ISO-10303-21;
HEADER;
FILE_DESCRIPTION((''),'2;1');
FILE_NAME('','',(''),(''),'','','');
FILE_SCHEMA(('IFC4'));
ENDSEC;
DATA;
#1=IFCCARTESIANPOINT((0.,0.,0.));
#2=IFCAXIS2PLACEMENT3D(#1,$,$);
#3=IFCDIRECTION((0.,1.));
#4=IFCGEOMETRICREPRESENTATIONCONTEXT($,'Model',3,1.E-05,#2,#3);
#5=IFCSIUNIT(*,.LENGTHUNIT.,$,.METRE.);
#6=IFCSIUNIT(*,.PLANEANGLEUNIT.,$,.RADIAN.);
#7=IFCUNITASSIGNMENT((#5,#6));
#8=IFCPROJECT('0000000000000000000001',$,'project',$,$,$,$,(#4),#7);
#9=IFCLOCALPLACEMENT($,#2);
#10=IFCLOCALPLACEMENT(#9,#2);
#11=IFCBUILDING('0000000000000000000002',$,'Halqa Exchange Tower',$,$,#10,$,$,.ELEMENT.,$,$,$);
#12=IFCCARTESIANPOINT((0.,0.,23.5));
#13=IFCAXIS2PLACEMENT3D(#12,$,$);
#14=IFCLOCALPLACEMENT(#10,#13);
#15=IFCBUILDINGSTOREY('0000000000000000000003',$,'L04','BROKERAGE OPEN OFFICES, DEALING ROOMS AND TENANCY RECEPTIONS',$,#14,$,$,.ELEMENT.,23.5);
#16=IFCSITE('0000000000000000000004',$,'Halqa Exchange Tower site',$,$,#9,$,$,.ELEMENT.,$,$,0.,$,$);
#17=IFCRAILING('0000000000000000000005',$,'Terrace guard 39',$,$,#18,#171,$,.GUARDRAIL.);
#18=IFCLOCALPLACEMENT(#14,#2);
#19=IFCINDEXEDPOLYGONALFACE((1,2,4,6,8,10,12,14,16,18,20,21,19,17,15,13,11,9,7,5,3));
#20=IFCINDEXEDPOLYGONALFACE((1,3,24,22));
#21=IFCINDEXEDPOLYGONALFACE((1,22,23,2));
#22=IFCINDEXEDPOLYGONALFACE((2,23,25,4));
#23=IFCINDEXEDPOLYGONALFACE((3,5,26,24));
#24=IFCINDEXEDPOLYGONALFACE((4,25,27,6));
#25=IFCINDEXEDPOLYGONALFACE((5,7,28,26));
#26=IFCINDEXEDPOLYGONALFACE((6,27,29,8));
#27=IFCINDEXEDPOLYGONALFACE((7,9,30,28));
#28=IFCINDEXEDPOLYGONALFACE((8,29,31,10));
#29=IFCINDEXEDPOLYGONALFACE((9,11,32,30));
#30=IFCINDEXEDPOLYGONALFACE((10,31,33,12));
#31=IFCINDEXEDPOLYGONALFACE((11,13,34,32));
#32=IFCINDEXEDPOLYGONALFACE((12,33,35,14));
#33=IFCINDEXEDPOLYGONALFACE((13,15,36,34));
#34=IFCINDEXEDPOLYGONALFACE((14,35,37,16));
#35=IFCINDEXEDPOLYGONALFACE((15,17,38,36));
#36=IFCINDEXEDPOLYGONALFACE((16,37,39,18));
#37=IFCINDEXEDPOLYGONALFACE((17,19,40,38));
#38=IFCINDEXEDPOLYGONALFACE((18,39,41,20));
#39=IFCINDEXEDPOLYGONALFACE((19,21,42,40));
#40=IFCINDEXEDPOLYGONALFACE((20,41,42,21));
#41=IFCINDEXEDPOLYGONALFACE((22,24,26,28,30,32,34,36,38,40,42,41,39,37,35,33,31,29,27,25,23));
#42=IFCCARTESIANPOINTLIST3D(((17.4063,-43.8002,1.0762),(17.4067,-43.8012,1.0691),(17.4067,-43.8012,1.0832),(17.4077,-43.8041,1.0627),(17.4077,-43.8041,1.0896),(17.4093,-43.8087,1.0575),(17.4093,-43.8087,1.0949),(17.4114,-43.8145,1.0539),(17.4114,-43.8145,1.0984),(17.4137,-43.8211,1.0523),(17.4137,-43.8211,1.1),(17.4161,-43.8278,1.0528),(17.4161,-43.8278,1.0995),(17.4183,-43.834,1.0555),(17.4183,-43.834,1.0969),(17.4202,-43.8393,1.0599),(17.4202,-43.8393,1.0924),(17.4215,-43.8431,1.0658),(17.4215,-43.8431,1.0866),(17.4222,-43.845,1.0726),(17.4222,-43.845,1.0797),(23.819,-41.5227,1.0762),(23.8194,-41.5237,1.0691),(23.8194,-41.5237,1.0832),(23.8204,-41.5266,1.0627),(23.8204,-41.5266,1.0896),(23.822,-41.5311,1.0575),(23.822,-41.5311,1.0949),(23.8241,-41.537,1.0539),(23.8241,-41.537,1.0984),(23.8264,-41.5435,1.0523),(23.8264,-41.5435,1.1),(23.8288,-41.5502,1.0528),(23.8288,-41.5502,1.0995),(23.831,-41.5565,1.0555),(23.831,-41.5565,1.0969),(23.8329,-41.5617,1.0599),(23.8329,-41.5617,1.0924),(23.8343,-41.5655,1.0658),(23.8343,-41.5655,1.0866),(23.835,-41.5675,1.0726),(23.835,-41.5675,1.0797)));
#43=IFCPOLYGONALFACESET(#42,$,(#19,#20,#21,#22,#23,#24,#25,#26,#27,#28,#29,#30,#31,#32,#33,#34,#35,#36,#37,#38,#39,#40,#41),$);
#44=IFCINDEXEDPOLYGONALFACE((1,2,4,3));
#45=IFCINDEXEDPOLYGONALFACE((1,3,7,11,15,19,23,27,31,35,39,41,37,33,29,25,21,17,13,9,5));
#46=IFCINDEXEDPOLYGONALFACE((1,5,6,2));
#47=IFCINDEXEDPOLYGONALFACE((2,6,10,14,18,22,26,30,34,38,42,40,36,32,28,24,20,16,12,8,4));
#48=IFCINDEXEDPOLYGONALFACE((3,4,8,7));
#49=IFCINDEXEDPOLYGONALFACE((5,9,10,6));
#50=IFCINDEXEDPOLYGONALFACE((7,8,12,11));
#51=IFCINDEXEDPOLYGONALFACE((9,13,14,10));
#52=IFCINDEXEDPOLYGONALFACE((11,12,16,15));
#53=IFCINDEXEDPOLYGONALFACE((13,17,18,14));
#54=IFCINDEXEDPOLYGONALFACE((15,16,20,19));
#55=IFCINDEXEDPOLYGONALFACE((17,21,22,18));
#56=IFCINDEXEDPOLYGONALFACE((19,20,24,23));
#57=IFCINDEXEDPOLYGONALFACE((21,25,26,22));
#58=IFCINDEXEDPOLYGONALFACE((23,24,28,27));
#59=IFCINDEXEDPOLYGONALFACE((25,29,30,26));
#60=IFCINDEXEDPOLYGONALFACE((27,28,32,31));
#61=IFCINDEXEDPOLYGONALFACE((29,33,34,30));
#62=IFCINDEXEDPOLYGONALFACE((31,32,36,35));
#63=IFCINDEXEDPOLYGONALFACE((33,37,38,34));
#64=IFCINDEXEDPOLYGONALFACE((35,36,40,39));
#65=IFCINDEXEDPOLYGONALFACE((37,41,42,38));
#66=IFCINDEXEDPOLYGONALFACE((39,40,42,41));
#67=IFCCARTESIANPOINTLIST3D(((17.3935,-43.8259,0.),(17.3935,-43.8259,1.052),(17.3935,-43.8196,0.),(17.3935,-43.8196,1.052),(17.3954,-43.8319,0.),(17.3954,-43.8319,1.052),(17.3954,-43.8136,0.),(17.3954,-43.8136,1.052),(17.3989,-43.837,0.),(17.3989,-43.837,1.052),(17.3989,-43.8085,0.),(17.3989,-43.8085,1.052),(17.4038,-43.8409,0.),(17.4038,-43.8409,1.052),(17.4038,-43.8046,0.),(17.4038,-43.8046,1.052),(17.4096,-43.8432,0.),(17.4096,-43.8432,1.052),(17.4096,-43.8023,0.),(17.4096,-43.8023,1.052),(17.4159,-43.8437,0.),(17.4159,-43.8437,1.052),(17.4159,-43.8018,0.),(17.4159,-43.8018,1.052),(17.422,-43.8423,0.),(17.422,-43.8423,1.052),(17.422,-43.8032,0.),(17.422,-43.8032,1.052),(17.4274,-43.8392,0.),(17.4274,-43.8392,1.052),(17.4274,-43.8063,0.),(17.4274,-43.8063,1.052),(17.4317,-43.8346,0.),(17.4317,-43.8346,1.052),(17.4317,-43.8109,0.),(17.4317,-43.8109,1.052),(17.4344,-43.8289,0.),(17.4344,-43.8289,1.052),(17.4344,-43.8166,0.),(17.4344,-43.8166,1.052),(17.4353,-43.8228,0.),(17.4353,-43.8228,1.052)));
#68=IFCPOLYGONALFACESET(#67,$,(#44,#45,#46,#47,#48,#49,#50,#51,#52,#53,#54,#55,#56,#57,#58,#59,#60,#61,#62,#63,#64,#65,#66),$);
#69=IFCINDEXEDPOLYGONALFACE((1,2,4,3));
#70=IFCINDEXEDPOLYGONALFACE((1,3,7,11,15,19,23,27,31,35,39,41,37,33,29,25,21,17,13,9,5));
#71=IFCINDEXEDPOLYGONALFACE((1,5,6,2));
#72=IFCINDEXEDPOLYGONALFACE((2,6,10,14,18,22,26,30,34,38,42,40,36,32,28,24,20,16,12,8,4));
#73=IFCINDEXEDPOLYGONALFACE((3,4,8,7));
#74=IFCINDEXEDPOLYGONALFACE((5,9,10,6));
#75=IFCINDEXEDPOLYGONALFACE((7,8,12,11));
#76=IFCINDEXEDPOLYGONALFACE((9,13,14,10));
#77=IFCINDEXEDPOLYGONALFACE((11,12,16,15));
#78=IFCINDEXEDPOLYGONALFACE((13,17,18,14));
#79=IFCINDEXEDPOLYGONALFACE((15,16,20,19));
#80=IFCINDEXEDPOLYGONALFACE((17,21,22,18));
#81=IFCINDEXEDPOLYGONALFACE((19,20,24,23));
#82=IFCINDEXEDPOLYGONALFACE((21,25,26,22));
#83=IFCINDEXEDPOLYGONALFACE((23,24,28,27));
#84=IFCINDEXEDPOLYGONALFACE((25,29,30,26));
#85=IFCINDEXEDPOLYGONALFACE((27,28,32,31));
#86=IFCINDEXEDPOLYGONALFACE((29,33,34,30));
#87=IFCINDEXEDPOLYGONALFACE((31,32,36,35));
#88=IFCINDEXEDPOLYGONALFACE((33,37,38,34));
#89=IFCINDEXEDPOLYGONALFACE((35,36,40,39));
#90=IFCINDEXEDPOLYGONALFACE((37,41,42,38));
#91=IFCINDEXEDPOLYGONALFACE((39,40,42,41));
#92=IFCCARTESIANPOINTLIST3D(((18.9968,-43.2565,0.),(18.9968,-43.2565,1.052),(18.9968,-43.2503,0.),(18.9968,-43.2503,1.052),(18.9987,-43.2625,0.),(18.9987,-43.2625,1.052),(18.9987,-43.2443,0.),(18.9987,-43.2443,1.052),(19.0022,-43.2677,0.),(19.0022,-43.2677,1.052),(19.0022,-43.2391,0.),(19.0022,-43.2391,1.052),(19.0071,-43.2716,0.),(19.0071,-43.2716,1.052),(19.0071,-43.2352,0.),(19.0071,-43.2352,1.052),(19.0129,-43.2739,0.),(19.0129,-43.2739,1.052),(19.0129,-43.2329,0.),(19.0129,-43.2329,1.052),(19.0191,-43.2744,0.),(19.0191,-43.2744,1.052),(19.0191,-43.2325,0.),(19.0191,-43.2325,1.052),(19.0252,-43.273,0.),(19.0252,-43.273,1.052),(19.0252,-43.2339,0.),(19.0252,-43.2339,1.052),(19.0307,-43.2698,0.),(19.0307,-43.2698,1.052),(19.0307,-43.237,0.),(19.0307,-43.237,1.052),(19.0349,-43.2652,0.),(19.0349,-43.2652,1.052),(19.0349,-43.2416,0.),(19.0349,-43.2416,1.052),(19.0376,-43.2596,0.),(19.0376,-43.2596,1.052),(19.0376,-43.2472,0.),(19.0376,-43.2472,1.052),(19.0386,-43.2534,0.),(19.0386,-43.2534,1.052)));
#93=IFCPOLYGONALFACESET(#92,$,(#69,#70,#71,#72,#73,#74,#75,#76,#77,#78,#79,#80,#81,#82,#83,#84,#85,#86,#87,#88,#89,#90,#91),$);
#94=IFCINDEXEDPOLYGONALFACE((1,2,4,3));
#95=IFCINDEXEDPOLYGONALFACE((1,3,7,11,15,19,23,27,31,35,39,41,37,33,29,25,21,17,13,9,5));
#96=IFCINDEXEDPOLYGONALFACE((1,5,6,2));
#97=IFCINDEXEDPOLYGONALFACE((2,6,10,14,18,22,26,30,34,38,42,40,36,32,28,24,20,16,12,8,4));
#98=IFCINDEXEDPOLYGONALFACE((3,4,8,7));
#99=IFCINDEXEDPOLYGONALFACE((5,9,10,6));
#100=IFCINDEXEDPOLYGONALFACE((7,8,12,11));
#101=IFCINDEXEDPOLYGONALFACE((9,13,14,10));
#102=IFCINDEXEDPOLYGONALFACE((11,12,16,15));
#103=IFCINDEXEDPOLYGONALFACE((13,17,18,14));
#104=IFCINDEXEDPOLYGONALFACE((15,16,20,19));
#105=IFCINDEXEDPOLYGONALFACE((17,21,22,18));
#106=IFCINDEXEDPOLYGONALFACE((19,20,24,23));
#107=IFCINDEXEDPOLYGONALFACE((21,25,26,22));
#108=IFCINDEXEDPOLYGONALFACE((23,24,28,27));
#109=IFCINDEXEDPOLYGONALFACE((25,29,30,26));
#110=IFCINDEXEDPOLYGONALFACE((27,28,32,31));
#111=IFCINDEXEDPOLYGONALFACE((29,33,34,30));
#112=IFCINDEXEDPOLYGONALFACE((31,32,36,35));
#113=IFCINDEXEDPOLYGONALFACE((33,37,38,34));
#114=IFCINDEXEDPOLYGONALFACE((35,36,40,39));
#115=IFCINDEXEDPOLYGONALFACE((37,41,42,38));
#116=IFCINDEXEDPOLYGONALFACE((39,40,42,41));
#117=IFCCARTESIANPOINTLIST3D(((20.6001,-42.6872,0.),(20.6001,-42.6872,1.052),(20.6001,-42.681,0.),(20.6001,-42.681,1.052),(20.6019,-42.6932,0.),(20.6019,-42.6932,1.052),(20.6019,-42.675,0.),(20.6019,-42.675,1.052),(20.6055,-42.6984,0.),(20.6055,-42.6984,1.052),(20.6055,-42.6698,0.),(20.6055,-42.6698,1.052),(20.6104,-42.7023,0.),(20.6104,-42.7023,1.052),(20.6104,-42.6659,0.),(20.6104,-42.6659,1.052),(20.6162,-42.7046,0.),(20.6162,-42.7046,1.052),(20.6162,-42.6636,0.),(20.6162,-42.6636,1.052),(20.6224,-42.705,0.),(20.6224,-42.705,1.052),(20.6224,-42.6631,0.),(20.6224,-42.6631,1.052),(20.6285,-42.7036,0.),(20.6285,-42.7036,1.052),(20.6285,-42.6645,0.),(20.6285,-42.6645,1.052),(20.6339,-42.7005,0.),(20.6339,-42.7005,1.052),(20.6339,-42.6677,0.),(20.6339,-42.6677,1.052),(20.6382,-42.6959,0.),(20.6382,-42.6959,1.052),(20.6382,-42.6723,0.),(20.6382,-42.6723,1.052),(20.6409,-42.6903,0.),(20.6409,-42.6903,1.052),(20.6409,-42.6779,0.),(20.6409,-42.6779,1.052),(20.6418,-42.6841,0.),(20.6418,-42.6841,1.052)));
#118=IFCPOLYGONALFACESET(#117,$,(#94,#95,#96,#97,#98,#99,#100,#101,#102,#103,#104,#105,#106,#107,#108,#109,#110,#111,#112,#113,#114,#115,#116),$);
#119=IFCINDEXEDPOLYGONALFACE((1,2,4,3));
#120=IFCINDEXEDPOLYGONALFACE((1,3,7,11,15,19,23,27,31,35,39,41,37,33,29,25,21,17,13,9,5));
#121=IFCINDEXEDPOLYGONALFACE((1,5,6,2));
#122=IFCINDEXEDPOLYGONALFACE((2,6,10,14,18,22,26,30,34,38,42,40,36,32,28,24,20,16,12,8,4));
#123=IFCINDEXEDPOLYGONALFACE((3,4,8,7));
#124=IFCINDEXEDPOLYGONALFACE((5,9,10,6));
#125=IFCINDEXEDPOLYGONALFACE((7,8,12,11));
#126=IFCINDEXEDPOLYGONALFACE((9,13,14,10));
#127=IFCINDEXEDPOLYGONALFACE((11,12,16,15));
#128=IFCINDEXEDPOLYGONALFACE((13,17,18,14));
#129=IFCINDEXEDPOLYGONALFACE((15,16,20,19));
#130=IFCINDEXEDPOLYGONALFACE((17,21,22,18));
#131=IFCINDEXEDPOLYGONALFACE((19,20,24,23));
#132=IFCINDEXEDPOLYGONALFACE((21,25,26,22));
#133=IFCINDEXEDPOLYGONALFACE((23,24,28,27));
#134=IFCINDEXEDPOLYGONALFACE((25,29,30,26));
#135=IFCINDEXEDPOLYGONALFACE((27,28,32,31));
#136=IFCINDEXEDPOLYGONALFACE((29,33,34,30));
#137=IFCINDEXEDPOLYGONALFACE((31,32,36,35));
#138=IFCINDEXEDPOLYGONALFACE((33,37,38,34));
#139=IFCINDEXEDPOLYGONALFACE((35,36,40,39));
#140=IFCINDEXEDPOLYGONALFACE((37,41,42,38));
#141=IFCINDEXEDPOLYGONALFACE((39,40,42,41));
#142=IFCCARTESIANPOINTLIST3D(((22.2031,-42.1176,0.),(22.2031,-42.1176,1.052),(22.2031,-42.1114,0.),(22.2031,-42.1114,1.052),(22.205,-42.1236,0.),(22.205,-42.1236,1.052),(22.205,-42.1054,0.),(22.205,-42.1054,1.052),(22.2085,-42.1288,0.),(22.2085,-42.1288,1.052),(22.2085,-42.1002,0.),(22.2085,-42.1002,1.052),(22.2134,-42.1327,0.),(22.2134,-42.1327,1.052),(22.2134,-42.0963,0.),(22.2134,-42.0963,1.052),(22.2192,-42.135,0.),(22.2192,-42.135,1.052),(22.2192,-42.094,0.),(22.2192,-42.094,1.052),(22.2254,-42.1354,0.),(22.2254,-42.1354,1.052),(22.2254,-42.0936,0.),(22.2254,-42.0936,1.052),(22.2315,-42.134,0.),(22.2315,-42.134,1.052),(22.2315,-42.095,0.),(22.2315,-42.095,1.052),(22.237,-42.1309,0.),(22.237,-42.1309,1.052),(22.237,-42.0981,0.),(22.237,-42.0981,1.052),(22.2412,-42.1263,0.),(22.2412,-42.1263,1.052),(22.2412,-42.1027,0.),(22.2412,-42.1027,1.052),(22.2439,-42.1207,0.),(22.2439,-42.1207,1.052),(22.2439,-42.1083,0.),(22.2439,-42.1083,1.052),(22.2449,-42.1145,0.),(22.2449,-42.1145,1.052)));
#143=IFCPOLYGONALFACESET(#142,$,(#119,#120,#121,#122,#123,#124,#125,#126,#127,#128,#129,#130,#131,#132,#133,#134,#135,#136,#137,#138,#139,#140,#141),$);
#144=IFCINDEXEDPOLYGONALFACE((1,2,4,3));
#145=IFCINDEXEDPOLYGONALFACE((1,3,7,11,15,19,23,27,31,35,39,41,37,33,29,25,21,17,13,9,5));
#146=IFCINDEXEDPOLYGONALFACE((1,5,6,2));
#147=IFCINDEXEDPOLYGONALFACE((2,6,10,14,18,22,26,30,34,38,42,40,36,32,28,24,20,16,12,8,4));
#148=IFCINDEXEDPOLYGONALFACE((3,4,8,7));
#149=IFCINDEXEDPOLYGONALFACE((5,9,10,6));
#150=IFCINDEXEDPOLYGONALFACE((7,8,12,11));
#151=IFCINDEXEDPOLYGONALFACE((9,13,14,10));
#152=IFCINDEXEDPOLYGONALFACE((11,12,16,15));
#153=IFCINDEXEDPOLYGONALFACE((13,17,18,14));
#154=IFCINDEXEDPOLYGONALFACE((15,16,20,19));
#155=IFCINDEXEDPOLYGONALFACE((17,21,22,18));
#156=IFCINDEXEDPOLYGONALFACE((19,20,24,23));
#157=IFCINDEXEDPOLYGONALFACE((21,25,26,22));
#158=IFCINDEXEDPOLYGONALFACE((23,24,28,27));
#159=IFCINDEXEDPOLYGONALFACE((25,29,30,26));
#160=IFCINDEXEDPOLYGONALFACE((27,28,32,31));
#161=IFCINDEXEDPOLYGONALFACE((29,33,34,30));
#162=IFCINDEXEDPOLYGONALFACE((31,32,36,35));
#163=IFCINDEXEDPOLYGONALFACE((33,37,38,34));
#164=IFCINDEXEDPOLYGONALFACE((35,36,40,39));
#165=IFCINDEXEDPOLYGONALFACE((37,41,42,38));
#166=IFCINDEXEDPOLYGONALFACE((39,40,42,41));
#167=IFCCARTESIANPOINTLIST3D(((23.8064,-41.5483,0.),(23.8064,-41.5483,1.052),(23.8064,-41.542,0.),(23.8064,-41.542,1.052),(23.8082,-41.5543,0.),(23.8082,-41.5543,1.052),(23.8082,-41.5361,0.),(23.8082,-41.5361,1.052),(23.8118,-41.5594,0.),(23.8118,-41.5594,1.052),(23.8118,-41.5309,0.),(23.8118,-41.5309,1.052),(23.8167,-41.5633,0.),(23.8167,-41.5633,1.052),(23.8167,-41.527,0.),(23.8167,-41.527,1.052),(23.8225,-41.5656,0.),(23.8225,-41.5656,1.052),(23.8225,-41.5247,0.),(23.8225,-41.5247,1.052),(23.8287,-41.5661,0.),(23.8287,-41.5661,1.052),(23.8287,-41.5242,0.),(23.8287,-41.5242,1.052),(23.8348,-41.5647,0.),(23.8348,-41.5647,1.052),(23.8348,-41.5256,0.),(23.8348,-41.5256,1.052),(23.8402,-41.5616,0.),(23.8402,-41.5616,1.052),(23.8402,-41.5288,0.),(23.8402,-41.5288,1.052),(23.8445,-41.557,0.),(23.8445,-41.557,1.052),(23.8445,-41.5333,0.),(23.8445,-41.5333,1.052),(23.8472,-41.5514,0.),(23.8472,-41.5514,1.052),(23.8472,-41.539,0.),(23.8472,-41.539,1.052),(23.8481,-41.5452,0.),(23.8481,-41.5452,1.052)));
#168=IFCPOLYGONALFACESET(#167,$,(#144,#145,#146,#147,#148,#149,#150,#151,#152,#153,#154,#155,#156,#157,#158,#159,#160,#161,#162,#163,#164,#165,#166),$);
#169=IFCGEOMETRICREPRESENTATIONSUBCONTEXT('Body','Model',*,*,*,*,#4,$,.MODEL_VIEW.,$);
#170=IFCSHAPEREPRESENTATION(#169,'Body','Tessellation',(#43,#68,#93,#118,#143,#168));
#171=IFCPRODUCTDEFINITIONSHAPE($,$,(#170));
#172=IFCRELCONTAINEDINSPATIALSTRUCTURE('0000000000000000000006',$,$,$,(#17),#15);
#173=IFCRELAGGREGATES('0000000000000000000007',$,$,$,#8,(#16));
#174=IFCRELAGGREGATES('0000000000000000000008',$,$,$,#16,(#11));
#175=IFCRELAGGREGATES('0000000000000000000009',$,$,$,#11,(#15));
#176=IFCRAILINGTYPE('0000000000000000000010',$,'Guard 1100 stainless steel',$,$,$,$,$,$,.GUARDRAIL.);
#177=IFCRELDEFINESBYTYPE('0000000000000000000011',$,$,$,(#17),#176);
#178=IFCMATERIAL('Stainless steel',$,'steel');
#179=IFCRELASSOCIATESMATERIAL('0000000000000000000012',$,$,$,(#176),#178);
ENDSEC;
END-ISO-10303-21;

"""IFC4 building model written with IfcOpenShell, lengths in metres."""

from ifc_helpers import new_model, si_unit, direction, frame, origin, origin_2d, place, context, subcontext, project, spatial, circle, extrude, material, type_object, element, save


model = new_model("IFC4")

# Units and contexts
model_context = context("Model", 3, precision=1e-05, world=origin(), true_north=direction((0.0, 1.0)))
body_context = subcontext(model_context, "Body", "Model", "MODEL_VIEW")
ifc_project = project(units=[si_unit("LENGTHUNIT", "METRE"), si_unit("PLANEANGLEUNIT", "RADIAN")], contexts=[model_context])

# Site, building, storey
site_placement = place(None, origin())
site = spatial("IfcSite", under=ifc_project, at=site_placement, Name="Halqa Exchange Tower site", CompositionType="ELEMENT", RefElevation=0.0)
building_placement = place(site_placement, origin())
building = spatial("IfcBuilding", under=site, at=building_placement, Name="Halqa Exchange Tower", CompositionType="ELEMENT")
storey_placement = place(building_placement, frame((0.0, 0.0, 23.5)))
storey = spatial("IfcBuildingStorey", under=building, at=storey_placement, Name="L04", Description="BROKERAGE OPEN OFFICES, DEALING ROOMS AND TENANCY RECEPTIONS", CompositionType="ELEMENT", Elevation=23.5)

# Railing
ifc_material_1 = material(Name="Stainless steel", Category="steel")
railing_type = type_object("IfcRailingType", Name="Guard 1100 stainless steel", PredefinedType="GUARDRAIL", material=ifc_material_1)
railing_1_placement = place(storey_placement, frame((17.4143, -43.8228, 0.0)))
element("IfcRailing", 1, at=railing_1_placement, inside=storey, type_object=railing_type, Name="Terrace guard 39", PredefinedType="GUARDRAIL", context=body_context, shape_type="SweptSolid", body=[
    extrude(circle(Radius=0.0239, at=origin_2d()), frame((0.0, 0.0, 1.0762), z_axis=(0.942332, 0.334679, 0.0), x_axis=(-0.334679, 0.942332, 0.0)), (0.0, 0.0, 1.0), 6.8052),
    extrude(circle(Radius=0.021, at=origin_2d()), origin(), (0.0, 0.0, 1.0), 1.052),
    extrude(circle(Radius=0.021, at=origin_2d()), frame((1.6033, 0.5693, 0.0)), (0.0, 0.0, 1.0), 1.052),
    extrude(circle(Radius=0.021, at=origin_2d()), frame((3.2065, 1.1387, 0.0)), (0.0, 0.0, 1.0), 1.052),
    extrude(circle(Radius=0.021, at=origin_2d()), frame((4.8096, 1.7083, 0.0)), (0.0, 0.0, 1.0), 1.052),
    extrude(circle(Radius=0.021, at=origin_2d()), frame((6.4128, 2.2776, 0.0)), (0.0, 0.0, 1.0), 1.052),
])

save(model, "model.ifc")
